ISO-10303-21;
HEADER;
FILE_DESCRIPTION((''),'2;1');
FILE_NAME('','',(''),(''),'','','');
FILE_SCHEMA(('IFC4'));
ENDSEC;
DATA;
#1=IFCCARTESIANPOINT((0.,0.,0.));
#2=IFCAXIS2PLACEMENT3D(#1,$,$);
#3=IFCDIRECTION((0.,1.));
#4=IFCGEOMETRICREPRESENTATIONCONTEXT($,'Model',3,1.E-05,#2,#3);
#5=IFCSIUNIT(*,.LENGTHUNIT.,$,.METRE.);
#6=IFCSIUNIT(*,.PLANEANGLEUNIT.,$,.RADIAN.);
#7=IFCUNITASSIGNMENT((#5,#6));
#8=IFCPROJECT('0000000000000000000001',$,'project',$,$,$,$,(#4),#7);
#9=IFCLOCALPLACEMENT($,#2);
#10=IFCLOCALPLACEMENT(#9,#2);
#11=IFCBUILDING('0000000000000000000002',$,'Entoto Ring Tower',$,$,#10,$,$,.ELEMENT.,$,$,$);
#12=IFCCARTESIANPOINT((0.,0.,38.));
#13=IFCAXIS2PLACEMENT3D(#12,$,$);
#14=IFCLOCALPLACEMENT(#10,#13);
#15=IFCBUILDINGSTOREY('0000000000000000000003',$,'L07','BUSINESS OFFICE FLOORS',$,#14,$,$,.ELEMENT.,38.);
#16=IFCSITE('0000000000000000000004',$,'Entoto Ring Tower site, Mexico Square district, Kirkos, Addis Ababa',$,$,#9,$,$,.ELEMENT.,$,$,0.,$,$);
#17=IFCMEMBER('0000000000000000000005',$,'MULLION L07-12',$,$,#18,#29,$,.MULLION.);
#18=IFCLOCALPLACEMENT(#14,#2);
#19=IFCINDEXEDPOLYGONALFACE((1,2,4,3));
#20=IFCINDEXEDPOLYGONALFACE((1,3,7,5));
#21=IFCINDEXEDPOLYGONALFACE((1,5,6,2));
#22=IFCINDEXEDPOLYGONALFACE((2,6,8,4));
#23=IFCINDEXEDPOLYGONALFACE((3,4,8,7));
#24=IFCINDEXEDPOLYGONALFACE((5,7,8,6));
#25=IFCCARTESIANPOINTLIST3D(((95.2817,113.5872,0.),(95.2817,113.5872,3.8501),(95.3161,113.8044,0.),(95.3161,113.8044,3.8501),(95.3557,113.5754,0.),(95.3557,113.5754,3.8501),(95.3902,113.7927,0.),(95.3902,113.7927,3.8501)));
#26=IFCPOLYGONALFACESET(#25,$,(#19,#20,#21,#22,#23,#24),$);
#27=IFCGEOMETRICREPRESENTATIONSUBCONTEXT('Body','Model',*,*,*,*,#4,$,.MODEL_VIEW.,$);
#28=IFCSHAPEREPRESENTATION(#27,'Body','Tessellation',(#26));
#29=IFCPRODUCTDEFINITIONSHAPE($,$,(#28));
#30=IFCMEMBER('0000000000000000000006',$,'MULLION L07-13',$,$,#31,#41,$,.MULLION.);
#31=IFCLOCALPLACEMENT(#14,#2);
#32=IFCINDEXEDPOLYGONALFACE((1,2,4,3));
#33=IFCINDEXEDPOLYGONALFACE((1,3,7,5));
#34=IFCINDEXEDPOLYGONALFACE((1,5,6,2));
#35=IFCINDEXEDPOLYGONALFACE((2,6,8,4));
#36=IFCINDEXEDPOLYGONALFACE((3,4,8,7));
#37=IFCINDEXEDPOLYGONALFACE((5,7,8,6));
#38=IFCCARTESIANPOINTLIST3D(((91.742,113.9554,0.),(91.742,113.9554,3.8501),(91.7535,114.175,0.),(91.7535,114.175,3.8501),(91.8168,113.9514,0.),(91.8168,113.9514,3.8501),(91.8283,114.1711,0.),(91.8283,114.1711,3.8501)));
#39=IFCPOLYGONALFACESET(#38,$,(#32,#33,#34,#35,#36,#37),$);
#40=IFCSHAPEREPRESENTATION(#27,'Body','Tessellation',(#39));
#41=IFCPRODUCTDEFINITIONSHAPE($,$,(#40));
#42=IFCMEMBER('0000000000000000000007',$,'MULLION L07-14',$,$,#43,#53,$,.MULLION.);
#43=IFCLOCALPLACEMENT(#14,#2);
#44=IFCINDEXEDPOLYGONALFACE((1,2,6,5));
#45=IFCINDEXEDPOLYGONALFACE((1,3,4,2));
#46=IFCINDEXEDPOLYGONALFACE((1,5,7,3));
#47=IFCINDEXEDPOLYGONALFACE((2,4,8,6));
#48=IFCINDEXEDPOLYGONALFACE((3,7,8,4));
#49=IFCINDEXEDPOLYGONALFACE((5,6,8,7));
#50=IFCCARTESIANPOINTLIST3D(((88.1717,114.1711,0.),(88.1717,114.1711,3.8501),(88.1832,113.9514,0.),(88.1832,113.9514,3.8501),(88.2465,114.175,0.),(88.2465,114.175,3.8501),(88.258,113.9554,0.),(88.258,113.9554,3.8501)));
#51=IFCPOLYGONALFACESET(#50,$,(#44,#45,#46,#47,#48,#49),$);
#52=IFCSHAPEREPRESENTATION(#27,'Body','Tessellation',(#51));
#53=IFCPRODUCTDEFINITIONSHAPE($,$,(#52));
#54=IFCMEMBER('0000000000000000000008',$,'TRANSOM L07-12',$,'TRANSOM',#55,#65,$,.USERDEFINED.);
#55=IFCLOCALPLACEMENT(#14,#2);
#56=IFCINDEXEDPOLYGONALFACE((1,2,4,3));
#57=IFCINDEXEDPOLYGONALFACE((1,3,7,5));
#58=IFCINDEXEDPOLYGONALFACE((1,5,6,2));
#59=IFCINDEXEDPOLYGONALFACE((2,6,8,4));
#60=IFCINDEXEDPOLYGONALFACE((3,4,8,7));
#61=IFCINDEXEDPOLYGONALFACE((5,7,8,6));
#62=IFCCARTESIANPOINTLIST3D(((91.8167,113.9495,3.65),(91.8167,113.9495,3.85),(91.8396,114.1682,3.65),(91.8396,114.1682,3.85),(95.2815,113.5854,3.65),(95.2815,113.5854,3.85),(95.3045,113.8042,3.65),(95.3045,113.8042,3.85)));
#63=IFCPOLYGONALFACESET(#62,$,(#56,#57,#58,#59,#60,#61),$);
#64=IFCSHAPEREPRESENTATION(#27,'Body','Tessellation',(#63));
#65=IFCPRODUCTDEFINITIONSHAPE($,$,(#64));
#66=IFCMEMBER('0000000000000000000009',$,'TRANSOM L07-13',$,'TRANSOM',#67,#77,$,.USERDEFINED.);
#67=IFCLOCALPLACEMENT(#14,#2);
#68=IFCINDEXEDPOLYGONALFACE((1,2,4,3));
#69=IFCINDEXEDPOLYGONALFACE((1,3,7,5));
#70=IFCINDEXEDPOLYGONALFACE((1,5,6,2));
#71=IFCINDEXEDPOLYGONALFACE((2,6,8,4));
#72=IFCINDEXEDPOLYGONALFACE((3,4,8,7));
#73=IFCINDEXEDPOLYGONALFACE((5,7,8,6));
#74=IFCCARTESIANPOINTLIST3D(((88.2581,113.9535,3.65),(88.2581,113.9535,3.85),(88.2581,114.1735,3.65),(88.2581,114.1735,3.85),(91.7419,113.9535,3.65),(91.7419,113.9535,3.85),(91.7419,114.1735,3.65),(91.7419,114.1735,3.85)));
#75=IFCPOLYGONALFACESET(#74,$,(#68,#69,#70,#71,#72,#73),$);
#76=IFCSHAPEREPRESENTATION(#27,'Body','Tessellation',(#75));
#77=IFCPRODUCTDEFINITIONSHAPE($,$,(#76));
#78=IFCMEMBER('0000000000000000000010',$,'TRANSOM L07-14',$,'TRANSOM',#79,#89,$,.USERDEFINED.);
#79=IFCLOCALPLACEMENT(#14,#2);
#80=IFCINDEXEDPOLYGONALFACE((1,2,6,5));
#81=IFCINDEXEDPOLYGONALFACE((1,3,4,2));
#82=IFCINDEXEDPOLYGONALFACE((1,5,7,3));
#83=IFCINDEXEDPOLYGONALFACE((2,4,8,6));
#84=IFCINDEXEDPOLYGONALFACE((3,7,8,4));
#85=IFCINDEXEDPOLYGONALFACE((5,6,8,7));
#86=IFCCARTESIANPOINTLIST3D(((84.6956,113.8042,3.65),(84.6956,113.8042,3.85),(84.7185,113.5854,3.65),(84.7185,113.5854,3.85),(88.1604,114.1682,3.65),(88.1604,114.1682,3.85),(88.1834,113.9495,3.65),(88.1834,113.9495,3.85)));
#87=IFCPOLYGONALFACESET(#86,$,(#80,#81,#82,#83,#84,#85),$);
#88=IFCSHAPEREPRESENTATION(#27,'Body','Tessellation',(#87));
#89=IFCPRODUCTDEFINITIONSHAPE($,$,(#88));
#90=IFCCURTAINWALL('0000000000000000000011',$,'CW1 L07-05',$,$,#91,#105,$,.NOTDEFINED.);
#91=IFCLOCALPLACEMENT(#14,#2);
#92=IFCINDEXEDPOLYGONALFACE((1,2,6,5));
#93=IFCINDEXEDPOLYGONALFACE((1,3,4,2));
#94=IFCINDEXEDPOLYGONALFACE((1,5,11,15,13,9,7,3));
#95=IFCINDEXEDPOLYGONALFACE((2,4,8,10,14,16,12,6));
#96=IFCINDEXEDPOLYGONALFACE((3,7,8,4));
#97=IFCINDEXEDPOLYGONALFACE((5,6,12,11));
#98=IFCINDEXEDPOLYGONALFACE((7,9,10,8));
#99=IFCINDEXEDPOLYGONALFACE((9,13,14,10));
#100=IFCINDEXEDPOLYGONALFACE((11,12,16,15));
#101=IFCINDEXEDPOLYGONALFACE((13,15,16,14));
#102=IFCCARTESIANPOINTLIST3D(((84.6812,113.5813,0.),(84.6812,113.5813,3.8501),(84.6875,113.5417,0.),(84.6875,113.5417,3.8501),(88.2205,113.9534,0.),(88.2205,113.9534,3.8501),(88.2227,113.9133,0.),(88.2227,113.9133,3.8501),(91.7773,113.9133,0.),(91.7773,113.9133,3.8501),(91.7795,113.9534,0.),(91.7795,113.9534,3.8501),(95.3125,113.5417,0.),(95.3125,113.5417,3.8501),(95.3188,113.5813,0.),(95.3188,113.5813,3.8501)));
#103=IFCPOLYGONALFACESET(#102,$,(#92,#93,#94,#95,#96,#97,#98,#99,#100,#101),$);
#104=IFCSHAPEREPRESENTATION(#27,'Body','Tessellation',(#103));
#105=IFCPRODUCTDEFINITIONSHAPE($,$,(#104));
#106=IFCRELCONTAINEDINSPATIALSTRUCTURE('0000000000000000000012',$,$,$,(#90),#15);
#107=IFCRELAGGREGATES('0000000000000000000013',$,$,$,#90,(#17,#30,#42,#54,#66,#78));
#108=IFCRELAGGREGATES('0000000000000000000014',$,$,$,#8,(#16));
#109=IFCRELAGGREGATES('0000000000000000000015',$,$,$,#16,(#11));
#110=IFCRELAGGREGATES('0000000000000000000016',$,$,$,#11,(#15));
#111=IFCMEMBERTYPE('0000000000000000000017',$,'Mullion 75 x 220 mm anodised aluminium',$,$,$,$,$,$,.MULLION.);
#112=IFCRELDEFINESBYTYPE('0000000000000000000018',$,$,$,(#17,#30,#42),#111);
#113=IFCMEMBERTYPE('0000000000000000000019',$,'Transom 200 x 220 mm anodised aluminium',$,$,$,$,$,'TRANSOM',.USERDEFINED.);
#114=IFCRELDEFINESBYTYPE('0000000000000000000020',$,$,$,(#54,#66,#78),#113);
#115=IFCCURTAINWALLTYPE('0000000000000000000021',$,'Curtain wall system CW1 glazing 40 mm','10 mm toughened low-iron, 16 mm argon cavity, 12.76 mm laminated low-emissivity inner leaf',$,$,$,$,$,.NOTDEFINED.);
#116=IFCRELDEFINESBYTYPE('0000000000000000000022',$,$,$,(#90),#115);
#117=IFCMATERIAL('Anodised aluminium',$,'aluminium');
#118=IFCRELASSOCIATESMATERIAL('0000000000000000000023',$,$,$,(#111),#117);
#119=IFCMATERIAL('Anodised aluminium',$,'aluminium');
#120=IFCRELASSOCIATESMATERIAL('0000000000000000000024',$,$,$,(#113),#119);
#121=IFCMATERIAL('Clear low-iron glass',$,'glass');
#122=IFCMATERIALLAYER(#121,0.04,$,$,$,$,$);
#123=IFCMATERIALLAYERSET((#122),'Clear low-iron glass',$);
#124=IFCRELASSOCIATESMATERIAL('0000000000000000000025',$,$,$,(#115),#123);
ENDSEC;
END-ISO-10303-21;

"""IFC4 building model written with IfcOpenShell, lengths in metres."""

from ifc_helpers import new_model, si_unit, direction, frame, origin, origin_2d, place, context, subcontext, project, spatial, polyline, rectangle, outline, extrude, material, layer, layer_set, material_profile, profile_set, type_object, element, aggregate, save


model = new_model("IFC4")

# Units and contexts
model_context = context("Model", 3, precision=1e-05, world=origin(), true_north=direction((0.0, 1.0)))
body_context = subcontext(model_context, "Body", "Model", "MODEL_VIEW")
ifc_project = project(units=[si_unit("LENGTHUNIT", "METRE"), si_unit("PLANEANGLEUNIT", "RADIAN")], contexts=[model_context])

# Members
ifc_material_1 = material(Name="Anodised aluminium", Category="aluminium")
ifc_material_profile_1 = material_profile(ifc_material_1, rectangle(XDim=0.075, YDim=0.22, at=origin_2d()), Name="Mullion 75 x 220 mm anodised aluminium")
ifc_profile_set_1 = profile_set([ifc_material_profile_1], Name="Anodised aluminium")
member_type_1 = type_object("IfcMemberType", Name="Mullion 75 x 220 mm anodised aluminium", PredefinedType="MULLION", material=ifc_profile_set_1)
site_placement = place(None, origin())
building_placement = place(site_placement, origin())
storey_placement = place(building_placement, frame((0.0, 0.0, 38.0)))
member_1_placement = place(storey_placement, frame((95.3359, 113.6899, 0.0), z_axis=(0.0, 0.0, 1.0), x_axis=(-0.987688, 0.156434, 0.0)))
member_1 = element("IfcMember", 1, at=member_1_placement, type_object=member_type_1, Name="MULLION L07-12", PredefinedType="MULLION", context=body_context, shape_type="SweptSolid", body=[
    extrude(rectangle(XDim=0.075, YDim=0.22, at=origin_2d()), origin(), (0.0, 0.0, 1.0), 3.8501),
])
member_2_placement = place(storey_placement, frame((91.7852, 114.0632, 0.0), z_axis=(0.0, 0.0, 1.0), x_axis=(-0.99863, 0.052336, 0.0)))
member_2 = element("IfcMember", 2, at=member_2_placement, type_object=member_type_1, Name="MULLION L07-13", PredefinedType="MULLION", context=body_context, shape_type="SweptSolid", body=[
    extrude(rectangle(XDim=0.075, YDim=0.22, at=origin_2d()), origin(), (0.0, 0.0, 1.0), 3.8501),
])
member_3_placement = place(storey_placement, frame((88.2148, 114.0632, 0.0), z_axis=(0.0, 0.0, 1.0), x_axis=(-0.99863, -0.052336, 0.0)))
member_3 = element("IfcMember", 3, at=member_3_placement, type_object=member_type_1, Name="MULLION L07-14", PredefinedType="MULLION", context=body_context, shape_type="SweptSolid", body=[
    extrude(rectangle(XDim=0.075, YDim=0.22, at=origin_2d()), origin(), (0.0, 0.0, 1.0), 3.8501),
])
ifc_material_2 = material(Name="Anodised aluminium", Category="aluminium")
ifc_material_profile_2 = material_profile(ifc_material_2, rectangle(XDim=0.22, YDim=0.2, at=origin_2d()), Name="Transom 200 x 220 mm anodised aluminium")
ifc_profile_set_2 = profile_set([ifc_material_profile_2], Name="Anodised aluminium")
member_type_2 = type_object("IfcMemberType", Name="Transom 200 x 220 mm anodised aluminium", ElementType="TRANSOM", PredefinedType="USERDEFINED", material=ifc_profile_set_2)
member_4_placement = place(storey_placement, frame((95.293, 113.6948, 3.75), z_axis=(-0.994527, 0.104484, 0.0), x_axis=(-0.104484, -0.994527, 0.0)))
member_4 = element("IfcMember", 4, at=member_4_placement, type_object=member_type_2, Name="TRANSOM L07-12", ObjectType="TRANSOM", PredefinedType="USERDEFINED", context=body_context, shape_type="SweptSolid", body=[
    extrude(rectangle(XDim=0.22, YDim=0.2, at=origin_2d()), origin(), (0.0, 0.0, 1.0), 3.4839),
])
member_5_placement = place(storey_placement, frame((91.7419, 114.0635, 3.75), z_axis=(-1.0, 0.0, 0.0), x_axis=(0.0, -1.0, 0.0)))
member_5 = element("IfcMember", 5, at=member_5_placement, type_object=member_type_2, Name="TRANSOM L07-13", ObjectType="TRANSOM", PredefinedType="USERDEFINED", context=body_context, shape_type="SweptSolid", body=[
    extrude(rectangle(XDim=0.22, YDim=0.2, at=origin_2d()), origin(), (0.0, 0.0, 1.0), 3.4839),
])
member_6_placement = place(storey_placement, frame((88.1719, 114.0588, 3.75), z_axis=(-0.994527, -0.104484, 0.0), x_axis=(0.104484, -0.994527, 0.0)))
member_6 = element("IfcMember", 6, at=member_6_placement, type_object=member_type_2, Name="TRANSOM L07-14", ObjectType="TRANSOM", PredefinedType="USERDEFINED", context=body_context, shape_type="SweptSolid", body=[
    extrude(rectangle(XDim=0.22, YDim=0.2, at=origin_2d()), origin(), (0.0, 0.0, 1.0), 3.4839),
])

# Site, building, storey
site = spatial("IfcSite", under=ifc_project, at=site_placement, Name="Entoto Ring Tower site, Mexico Square district, Kirkos, Addis Ababa", CompositionType="ELEMENT", RefElevation=0.0)
building = spatial("IfcBuilding", under=site, at=building_placement, Name="Entoto Ring Tower", CompositionType="ELEMENT")
storey = spatial("IfcBuildingStorey", under=building, at=storey_placement, Name="L07", Description="BUSINESS OFFICE FLOORS", CompositionType="ELEMENT", Elevation=38.0)

# Curtain wall
ifc_material_3 = material(Name="Clear low-iron glass", Category="glass")
ifc_layer = layer(ifc_material_3, 0.04)
ifc_layer_set = layer_set([ifc_layer], Name="Clear low-iron glass")
curtain_wall_type = type_object("IfcCurtainWallType", Name="Curtain wall system CW1 glazing 40 mm", Description="10 mm toughened low-iron, 16 mm argon cavity, 12.76 mm laminated low-emissivity inner leaf", PredefinedType="NOTDEFINED", material=ifc_layer_set)
curtain_wall_1_placement = place(storey_placement, origin())
curtain_wall_1 = element("IfcCurtainWall", 7, at=curtain_wall_1_placement, inside=storey, type_object=curtain_wall_type, Name="CW1 L07-05", PredefinedType="NOTDEFINED", context=body_context, shape_type="SweptSolid", body=[
    extrude(outline(polyline([(95.3188, 113.5813), (91.7795, 113.9534), (88.2205, 113.9534), (84.6812, 113.5813), (84.6875, 113.5417), (88.2227, 113.9133), (91.7773, 113.9133), (95.3125, 113.5417), (95.3188, 113.5813)])), origin(), (0.0, 0.0, 1.0), 3.8501),
])
aggregate(curtain_wall_1, [member_1, member_2, member_3, member_4, member_5, member_6])

save(model, "model.ifc")
